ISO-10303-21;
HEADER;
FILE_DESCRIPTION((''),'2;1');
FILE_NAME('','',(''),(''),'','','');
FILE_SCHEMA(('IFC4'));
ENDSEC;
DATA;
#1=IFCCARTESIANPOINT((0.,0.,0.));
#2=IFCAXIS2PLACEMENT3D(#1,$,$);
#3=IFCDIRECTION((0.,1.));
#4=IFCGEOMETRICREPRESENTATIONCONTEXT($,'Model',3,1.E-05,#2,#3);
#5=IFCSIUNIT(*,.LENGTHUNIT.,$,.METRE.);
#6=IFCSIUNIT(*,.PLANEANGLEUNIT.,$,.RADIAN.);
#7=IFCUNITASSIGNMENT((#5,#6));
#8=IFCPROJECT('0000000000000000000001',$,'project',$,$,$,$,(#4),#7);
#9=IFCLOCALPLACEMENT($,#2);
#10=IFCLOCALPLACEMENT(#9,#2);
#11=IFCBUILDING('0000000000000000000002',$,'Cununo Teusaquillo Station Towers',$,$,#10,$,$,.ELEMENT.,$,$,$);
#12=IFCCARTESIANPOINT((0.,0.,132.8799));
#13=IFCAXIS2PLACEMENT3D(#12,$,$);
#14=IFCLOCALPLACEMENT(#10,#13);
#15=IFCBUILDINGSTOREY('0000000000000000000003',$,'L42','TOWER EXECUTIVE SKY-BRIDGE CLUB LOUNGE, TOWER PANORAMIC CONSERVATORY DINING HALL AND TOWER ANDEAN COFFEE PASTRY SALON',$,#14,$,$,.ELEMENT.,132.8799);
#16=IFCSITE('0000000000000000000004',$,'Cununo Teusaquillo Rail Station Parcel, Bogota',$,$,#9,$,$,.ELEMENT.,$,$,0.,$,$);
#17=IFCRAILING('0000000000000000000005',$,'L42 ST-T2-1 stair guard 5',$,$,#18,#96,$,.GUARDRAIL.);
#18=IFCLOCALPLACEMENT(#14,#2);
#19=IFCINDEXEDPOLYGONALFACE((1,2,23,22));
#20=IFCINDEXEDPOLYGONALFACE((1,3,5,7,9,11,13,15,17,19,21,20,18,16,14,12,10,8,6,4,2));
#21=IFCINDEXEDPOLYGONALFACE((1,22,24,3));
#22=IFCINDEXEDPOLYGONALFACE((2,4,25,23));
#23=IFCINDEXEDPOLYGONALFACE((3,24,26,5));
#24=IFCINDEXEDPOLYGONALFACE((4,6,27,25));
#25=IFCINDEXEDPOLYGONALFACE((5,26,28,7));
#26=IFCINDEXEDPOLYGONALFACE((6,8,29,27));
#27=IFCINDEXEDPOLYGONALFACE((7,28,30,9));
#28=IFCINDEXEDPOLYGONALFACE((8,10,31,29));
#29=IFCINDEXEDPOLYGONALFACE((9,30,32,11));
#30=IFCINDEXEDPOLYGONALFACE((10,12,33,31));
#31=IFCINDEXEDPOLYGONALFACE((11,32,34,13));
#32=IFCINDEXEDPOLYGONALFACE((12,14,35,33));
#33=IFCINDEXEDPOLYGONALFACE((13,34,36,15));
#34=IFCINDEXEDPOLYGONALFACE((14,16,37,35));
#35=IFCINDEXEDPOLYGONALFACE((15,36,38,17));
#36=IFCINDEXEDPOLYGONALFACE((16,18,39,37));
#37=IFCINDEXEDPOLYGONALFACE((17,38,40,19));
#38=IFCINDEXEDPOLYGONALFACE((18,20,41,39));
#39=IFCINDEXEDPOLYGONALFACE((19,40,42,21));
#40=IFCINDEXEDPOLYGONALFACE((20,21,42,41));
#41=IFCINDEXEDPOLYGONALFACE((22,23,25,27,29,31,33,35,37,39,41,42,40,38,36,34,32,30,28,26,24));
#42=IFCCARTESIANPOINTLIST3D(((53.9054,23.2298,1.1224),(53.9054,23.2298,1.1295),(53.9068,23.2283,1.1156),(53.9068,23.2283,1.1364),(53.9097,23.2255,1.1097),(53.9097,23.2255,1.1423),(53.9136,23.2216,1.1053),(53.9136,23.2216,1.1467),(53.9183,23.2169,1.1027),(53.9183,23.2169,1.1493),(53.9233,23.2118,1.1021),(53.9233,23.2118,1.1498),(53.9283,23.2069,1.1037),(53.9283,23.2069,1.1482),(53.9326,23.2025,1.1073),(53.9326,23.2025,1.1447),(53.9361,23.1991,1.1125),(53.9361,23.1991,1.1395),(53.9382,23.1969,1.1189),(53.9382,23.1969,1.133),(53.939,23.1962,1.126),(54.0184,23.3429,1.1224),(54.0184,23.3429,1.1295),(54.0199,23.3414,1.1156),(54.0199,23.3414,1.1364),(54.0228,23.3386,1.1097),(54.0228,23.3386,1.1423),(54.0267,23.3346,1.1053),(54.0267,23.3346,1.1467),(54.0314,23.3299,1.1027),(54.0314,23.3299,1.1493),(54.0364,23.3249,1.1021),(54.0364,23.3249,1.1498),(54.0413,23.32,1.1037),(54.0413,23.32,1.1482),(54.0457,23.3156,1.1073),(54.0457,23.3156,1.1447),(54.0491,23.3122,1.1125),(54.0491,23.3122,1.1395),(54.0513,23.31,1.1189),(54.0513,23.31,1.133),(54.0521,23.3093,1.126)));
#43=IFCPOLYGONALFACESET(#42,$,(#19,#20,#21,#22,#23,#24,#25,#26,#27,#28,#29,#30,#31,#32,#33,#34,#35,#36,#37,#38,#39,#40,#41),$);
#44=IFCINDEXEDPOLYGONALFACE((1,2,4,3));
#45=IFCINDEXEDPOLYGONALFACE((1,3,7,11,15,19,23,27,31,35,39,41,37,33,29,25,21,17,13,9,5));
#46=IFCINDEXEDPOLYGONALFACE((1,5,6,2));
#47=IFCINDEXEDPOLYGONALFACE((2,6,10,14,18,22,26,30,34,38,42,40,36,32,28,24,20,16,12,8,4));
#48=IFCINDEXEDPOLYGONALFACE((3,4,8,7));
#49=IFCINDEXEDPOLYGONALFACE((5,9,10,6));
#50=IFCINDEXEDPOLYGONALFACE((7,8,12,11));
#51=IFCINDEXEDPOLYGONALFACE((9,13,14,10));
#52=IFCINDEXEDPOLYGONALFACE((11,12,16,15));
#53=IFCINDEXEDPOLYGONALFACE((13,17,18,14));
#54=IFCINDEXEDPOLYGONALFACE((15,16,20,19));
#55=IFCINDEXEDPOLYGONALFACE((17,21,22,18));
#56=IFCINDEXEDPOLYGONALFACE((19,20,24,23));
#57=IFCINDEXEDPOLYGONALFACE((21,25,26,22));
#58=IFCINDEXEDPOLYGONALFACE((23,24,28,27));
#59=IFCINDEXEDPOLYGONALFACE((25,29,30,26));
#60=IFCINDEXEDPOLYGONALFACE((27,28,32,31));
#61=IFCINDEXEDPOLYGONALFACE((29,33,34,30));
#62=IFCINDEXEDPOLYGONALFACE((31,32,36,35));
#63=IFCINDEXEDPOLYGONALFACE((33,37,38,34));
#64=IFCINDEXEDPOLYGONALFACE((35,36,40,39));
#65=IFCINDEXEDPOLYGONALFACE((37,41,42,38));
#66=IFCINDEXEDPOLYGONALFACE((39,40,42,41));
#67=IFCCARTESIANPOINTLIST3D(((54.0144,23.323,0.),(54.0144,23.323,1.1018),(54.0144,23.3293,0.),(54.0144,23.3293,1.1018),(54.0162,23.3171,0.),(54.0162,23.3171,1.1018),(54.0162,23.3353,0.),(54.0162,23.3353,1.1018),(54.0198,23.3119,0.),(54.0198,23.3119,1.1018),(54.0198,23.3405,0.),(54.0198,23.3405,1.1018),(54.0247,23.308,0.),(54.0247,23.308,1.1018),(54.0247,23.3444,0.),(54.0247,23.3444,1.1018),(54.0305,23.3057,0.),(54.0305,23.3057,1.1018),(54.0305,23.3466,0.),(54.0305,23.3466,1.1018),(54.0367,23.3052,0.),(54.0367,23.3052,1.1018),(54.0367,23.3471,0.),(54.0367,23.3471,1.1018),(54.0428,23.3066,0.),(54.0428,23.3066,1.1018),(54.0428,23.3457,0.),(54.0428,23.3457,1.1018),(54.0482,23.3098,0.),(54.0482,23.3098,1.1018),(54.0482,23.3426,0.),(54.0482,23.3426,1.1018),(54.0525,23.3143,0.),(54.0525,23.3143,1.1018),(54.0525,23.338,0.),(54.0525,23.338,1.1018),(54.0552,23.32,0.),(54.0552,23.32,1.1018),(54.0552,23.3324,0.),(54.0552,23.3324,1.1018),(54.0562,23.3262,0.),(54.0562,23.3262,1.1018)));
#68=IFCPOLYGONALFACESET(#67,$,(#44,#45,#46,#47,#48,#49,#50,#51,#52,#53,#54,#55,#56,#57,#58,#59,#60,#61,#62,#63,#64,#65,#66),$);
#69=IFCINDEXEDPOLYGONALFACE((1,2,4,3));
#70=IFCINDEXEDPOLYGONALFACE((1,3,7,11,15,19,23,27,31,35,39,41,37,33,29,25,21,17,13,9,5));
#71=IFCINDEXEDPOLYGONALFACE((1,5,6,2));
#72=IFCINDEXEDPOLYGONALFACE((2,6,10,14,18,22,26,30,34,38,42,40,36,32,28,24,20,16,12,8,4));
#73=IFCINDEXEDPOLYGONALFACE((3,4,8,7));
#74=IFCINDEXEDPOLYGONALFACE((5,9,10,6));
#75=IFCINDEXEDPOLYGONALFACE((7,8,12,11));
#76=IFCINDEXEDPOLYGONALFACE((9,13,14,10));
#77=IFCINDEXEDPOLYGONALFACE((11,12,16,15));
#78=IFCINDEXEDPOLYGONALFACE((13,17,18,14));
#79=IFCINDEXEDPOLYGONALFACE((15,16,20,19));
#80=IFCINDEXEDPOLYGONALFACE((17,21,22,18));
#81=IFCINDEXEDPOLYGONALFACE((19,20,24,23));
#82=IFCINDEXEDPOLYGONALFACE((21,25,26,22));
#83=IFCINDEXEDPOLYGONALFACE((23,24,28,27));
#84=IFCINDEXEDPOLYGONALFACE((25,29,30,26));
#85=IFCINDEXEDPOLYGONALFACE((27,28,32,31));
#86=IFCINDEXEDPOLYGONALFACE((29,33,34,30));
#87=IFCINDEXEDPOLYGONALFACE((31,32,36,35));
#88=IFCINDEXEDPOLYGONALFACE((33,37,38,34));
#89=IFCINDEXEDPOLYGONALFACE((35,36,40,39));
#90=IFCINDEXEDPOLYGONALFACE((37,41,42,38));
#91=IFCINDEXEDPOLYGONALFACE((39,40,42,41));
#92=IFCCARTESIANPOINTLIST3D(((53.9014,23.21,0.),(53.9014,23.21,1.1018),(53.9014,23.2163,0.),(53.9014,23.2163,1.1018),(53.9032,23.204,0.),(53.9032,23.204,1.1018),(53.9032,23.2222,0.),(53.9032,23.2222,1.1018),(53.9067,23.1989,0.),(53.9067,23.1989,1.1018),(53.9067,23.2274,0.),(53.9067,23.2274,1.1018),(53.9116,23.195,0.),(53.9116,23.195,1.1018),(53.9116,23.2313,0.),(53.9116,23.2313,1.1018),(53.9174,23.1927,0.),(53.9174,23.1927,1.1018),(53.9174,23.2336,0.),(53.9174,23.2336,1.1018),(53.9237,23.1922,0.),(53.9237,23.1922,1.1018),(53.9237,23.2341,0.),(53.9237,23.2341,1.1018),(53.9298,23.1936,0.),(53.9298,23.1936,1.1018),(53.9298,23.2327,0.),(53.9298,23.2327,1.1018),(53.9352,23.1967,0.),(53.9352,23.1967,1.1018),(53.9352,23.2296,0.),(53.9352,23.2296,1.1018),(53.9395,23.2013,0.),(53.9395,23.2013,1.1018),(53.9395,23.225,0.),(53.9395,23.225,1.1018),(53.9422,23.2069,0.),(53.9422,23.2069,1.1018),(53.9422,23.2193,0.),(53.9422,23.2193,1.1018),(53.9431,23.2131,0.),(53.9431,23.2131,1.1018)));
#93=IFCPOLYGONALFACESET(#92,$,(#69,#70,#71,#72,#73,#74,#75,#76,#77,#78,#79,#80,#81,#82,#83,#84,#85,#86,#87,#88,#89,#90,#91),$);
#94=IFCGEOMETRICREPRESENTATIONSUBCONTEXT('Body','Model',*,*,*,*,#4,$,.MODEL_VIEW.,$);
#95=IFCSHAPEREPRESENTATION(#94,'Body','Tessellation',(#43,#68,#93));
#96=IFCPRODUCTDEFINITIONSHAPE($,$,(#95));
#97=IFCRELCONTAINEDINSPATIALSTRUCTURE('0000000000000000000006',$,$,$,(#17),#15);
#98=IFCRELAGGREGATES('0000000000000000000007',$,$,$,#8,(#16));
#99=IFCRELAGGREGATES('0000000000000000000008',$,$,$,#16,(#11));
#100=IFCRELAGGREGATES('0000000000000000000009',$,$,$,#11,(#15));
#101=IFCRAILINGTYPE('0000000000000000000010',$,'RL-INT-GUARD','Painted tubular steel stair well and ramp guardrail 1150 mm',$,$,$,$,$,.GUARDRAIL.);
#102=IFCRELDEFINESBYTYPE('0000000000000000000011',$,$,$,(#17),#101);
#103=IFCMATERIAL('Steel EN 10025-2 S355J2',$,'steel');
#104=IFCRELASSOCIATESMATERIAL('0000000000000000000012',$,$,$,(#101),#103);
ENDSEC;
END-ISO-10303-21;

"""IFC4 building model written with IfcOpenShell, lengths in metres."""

from ifc_helpers import new_model, si_unit, direction, frame, origin, origin_2d, place, context, subcontext, project, spatial, circle, extrude, material, type_object, element, save


model = new_model("IFC4")

# Units and contexts
model_context = context("Model", 3, precision=1e-05, world=origin(), true_north=direction((0.0, 1.0)))
body_context = subcontext(model_context, "Body", "Model", "MODEL_VIEW")
ifc_project = project(units=[si_unit("LENGTHUNIT", "METRE"), si_unit("PLANEANGLEUNIT", "RADIAN")], contexts=[model_context])

# Site, building, storey
site_placement = place(None, origin())
site = spatial("IfcSite", under=ifc_project, at=site_placement, Name="Cununo Teusaquillo Rail Station Parcel, Bogota", CompositionType="ELEMENT", RefElevation=0.0)
building_placement = place(site_placement, origin())
building = spatial("IfcBuilding", under=site, at=building_placement, Name="Cununo Teusaquillo Station Towers", CompositionType="ELEMENT")
storey_placement = place(building_placement, frame((0.0, 0.0, 132.8799)))
storey = spatial("IfcBuildingStorey", under=building, at=storey_placement, Name="L42", Description="TOWER EXECUTIVE SKY-BRIDGE CLUB LOUNGE, TOWER PANORAMIC CONSERVATORY DINING HALL AND TOWER ANDEAN COFFEE PASTRY SALON", CompositionType="ELEMENT", Elevation=132.8799)

# Railing
ifc_material_1 = material(Name="Steel EN 10025-2 S355J2", Category="steel")
railing_type_1 = type_object("IfcRailingType", Name="RL-INT-GUARD", Description="Painted tubular steel stair well and ramp guardrail 1150 mm", PredefinedType="GUARDRAIL", material=ifc_material_1)
railing_1_placement = place(storey_placement, frame((54.0352, 23.3262, 0.0)))
element("IfcRailing", 1, at=railing_1_placement, inside=storey, type_object=railing_type_1, Name="L42 ST-T2-1 stair guard 5", PredefinedType="GUARDRAIL", context=body_context, shape_type="SweptSolid", body=[
    extrude(circle(Radius=0.0239, at=origin_2d()), frame((0.0, 0.0, 1.126), z_axis=(-0.707107, -0.707107, 0.0), x_axis=(0.707107, -0.707107, 0.0)), (0.0, 0.0, 1.0), 0.1599),
    extrude(circle(Radius=0.021, at=origin_2d()), origin(), (0.0, 0.0, 1.0), 1.1018),
    extrude(circle(Radius=0.021, at=origin_2d()), frame((-0.113, -0.113, 0.0)), (0.0, 0.0, 1.0), 1.1018),
])

save(model, "model.ifc")
